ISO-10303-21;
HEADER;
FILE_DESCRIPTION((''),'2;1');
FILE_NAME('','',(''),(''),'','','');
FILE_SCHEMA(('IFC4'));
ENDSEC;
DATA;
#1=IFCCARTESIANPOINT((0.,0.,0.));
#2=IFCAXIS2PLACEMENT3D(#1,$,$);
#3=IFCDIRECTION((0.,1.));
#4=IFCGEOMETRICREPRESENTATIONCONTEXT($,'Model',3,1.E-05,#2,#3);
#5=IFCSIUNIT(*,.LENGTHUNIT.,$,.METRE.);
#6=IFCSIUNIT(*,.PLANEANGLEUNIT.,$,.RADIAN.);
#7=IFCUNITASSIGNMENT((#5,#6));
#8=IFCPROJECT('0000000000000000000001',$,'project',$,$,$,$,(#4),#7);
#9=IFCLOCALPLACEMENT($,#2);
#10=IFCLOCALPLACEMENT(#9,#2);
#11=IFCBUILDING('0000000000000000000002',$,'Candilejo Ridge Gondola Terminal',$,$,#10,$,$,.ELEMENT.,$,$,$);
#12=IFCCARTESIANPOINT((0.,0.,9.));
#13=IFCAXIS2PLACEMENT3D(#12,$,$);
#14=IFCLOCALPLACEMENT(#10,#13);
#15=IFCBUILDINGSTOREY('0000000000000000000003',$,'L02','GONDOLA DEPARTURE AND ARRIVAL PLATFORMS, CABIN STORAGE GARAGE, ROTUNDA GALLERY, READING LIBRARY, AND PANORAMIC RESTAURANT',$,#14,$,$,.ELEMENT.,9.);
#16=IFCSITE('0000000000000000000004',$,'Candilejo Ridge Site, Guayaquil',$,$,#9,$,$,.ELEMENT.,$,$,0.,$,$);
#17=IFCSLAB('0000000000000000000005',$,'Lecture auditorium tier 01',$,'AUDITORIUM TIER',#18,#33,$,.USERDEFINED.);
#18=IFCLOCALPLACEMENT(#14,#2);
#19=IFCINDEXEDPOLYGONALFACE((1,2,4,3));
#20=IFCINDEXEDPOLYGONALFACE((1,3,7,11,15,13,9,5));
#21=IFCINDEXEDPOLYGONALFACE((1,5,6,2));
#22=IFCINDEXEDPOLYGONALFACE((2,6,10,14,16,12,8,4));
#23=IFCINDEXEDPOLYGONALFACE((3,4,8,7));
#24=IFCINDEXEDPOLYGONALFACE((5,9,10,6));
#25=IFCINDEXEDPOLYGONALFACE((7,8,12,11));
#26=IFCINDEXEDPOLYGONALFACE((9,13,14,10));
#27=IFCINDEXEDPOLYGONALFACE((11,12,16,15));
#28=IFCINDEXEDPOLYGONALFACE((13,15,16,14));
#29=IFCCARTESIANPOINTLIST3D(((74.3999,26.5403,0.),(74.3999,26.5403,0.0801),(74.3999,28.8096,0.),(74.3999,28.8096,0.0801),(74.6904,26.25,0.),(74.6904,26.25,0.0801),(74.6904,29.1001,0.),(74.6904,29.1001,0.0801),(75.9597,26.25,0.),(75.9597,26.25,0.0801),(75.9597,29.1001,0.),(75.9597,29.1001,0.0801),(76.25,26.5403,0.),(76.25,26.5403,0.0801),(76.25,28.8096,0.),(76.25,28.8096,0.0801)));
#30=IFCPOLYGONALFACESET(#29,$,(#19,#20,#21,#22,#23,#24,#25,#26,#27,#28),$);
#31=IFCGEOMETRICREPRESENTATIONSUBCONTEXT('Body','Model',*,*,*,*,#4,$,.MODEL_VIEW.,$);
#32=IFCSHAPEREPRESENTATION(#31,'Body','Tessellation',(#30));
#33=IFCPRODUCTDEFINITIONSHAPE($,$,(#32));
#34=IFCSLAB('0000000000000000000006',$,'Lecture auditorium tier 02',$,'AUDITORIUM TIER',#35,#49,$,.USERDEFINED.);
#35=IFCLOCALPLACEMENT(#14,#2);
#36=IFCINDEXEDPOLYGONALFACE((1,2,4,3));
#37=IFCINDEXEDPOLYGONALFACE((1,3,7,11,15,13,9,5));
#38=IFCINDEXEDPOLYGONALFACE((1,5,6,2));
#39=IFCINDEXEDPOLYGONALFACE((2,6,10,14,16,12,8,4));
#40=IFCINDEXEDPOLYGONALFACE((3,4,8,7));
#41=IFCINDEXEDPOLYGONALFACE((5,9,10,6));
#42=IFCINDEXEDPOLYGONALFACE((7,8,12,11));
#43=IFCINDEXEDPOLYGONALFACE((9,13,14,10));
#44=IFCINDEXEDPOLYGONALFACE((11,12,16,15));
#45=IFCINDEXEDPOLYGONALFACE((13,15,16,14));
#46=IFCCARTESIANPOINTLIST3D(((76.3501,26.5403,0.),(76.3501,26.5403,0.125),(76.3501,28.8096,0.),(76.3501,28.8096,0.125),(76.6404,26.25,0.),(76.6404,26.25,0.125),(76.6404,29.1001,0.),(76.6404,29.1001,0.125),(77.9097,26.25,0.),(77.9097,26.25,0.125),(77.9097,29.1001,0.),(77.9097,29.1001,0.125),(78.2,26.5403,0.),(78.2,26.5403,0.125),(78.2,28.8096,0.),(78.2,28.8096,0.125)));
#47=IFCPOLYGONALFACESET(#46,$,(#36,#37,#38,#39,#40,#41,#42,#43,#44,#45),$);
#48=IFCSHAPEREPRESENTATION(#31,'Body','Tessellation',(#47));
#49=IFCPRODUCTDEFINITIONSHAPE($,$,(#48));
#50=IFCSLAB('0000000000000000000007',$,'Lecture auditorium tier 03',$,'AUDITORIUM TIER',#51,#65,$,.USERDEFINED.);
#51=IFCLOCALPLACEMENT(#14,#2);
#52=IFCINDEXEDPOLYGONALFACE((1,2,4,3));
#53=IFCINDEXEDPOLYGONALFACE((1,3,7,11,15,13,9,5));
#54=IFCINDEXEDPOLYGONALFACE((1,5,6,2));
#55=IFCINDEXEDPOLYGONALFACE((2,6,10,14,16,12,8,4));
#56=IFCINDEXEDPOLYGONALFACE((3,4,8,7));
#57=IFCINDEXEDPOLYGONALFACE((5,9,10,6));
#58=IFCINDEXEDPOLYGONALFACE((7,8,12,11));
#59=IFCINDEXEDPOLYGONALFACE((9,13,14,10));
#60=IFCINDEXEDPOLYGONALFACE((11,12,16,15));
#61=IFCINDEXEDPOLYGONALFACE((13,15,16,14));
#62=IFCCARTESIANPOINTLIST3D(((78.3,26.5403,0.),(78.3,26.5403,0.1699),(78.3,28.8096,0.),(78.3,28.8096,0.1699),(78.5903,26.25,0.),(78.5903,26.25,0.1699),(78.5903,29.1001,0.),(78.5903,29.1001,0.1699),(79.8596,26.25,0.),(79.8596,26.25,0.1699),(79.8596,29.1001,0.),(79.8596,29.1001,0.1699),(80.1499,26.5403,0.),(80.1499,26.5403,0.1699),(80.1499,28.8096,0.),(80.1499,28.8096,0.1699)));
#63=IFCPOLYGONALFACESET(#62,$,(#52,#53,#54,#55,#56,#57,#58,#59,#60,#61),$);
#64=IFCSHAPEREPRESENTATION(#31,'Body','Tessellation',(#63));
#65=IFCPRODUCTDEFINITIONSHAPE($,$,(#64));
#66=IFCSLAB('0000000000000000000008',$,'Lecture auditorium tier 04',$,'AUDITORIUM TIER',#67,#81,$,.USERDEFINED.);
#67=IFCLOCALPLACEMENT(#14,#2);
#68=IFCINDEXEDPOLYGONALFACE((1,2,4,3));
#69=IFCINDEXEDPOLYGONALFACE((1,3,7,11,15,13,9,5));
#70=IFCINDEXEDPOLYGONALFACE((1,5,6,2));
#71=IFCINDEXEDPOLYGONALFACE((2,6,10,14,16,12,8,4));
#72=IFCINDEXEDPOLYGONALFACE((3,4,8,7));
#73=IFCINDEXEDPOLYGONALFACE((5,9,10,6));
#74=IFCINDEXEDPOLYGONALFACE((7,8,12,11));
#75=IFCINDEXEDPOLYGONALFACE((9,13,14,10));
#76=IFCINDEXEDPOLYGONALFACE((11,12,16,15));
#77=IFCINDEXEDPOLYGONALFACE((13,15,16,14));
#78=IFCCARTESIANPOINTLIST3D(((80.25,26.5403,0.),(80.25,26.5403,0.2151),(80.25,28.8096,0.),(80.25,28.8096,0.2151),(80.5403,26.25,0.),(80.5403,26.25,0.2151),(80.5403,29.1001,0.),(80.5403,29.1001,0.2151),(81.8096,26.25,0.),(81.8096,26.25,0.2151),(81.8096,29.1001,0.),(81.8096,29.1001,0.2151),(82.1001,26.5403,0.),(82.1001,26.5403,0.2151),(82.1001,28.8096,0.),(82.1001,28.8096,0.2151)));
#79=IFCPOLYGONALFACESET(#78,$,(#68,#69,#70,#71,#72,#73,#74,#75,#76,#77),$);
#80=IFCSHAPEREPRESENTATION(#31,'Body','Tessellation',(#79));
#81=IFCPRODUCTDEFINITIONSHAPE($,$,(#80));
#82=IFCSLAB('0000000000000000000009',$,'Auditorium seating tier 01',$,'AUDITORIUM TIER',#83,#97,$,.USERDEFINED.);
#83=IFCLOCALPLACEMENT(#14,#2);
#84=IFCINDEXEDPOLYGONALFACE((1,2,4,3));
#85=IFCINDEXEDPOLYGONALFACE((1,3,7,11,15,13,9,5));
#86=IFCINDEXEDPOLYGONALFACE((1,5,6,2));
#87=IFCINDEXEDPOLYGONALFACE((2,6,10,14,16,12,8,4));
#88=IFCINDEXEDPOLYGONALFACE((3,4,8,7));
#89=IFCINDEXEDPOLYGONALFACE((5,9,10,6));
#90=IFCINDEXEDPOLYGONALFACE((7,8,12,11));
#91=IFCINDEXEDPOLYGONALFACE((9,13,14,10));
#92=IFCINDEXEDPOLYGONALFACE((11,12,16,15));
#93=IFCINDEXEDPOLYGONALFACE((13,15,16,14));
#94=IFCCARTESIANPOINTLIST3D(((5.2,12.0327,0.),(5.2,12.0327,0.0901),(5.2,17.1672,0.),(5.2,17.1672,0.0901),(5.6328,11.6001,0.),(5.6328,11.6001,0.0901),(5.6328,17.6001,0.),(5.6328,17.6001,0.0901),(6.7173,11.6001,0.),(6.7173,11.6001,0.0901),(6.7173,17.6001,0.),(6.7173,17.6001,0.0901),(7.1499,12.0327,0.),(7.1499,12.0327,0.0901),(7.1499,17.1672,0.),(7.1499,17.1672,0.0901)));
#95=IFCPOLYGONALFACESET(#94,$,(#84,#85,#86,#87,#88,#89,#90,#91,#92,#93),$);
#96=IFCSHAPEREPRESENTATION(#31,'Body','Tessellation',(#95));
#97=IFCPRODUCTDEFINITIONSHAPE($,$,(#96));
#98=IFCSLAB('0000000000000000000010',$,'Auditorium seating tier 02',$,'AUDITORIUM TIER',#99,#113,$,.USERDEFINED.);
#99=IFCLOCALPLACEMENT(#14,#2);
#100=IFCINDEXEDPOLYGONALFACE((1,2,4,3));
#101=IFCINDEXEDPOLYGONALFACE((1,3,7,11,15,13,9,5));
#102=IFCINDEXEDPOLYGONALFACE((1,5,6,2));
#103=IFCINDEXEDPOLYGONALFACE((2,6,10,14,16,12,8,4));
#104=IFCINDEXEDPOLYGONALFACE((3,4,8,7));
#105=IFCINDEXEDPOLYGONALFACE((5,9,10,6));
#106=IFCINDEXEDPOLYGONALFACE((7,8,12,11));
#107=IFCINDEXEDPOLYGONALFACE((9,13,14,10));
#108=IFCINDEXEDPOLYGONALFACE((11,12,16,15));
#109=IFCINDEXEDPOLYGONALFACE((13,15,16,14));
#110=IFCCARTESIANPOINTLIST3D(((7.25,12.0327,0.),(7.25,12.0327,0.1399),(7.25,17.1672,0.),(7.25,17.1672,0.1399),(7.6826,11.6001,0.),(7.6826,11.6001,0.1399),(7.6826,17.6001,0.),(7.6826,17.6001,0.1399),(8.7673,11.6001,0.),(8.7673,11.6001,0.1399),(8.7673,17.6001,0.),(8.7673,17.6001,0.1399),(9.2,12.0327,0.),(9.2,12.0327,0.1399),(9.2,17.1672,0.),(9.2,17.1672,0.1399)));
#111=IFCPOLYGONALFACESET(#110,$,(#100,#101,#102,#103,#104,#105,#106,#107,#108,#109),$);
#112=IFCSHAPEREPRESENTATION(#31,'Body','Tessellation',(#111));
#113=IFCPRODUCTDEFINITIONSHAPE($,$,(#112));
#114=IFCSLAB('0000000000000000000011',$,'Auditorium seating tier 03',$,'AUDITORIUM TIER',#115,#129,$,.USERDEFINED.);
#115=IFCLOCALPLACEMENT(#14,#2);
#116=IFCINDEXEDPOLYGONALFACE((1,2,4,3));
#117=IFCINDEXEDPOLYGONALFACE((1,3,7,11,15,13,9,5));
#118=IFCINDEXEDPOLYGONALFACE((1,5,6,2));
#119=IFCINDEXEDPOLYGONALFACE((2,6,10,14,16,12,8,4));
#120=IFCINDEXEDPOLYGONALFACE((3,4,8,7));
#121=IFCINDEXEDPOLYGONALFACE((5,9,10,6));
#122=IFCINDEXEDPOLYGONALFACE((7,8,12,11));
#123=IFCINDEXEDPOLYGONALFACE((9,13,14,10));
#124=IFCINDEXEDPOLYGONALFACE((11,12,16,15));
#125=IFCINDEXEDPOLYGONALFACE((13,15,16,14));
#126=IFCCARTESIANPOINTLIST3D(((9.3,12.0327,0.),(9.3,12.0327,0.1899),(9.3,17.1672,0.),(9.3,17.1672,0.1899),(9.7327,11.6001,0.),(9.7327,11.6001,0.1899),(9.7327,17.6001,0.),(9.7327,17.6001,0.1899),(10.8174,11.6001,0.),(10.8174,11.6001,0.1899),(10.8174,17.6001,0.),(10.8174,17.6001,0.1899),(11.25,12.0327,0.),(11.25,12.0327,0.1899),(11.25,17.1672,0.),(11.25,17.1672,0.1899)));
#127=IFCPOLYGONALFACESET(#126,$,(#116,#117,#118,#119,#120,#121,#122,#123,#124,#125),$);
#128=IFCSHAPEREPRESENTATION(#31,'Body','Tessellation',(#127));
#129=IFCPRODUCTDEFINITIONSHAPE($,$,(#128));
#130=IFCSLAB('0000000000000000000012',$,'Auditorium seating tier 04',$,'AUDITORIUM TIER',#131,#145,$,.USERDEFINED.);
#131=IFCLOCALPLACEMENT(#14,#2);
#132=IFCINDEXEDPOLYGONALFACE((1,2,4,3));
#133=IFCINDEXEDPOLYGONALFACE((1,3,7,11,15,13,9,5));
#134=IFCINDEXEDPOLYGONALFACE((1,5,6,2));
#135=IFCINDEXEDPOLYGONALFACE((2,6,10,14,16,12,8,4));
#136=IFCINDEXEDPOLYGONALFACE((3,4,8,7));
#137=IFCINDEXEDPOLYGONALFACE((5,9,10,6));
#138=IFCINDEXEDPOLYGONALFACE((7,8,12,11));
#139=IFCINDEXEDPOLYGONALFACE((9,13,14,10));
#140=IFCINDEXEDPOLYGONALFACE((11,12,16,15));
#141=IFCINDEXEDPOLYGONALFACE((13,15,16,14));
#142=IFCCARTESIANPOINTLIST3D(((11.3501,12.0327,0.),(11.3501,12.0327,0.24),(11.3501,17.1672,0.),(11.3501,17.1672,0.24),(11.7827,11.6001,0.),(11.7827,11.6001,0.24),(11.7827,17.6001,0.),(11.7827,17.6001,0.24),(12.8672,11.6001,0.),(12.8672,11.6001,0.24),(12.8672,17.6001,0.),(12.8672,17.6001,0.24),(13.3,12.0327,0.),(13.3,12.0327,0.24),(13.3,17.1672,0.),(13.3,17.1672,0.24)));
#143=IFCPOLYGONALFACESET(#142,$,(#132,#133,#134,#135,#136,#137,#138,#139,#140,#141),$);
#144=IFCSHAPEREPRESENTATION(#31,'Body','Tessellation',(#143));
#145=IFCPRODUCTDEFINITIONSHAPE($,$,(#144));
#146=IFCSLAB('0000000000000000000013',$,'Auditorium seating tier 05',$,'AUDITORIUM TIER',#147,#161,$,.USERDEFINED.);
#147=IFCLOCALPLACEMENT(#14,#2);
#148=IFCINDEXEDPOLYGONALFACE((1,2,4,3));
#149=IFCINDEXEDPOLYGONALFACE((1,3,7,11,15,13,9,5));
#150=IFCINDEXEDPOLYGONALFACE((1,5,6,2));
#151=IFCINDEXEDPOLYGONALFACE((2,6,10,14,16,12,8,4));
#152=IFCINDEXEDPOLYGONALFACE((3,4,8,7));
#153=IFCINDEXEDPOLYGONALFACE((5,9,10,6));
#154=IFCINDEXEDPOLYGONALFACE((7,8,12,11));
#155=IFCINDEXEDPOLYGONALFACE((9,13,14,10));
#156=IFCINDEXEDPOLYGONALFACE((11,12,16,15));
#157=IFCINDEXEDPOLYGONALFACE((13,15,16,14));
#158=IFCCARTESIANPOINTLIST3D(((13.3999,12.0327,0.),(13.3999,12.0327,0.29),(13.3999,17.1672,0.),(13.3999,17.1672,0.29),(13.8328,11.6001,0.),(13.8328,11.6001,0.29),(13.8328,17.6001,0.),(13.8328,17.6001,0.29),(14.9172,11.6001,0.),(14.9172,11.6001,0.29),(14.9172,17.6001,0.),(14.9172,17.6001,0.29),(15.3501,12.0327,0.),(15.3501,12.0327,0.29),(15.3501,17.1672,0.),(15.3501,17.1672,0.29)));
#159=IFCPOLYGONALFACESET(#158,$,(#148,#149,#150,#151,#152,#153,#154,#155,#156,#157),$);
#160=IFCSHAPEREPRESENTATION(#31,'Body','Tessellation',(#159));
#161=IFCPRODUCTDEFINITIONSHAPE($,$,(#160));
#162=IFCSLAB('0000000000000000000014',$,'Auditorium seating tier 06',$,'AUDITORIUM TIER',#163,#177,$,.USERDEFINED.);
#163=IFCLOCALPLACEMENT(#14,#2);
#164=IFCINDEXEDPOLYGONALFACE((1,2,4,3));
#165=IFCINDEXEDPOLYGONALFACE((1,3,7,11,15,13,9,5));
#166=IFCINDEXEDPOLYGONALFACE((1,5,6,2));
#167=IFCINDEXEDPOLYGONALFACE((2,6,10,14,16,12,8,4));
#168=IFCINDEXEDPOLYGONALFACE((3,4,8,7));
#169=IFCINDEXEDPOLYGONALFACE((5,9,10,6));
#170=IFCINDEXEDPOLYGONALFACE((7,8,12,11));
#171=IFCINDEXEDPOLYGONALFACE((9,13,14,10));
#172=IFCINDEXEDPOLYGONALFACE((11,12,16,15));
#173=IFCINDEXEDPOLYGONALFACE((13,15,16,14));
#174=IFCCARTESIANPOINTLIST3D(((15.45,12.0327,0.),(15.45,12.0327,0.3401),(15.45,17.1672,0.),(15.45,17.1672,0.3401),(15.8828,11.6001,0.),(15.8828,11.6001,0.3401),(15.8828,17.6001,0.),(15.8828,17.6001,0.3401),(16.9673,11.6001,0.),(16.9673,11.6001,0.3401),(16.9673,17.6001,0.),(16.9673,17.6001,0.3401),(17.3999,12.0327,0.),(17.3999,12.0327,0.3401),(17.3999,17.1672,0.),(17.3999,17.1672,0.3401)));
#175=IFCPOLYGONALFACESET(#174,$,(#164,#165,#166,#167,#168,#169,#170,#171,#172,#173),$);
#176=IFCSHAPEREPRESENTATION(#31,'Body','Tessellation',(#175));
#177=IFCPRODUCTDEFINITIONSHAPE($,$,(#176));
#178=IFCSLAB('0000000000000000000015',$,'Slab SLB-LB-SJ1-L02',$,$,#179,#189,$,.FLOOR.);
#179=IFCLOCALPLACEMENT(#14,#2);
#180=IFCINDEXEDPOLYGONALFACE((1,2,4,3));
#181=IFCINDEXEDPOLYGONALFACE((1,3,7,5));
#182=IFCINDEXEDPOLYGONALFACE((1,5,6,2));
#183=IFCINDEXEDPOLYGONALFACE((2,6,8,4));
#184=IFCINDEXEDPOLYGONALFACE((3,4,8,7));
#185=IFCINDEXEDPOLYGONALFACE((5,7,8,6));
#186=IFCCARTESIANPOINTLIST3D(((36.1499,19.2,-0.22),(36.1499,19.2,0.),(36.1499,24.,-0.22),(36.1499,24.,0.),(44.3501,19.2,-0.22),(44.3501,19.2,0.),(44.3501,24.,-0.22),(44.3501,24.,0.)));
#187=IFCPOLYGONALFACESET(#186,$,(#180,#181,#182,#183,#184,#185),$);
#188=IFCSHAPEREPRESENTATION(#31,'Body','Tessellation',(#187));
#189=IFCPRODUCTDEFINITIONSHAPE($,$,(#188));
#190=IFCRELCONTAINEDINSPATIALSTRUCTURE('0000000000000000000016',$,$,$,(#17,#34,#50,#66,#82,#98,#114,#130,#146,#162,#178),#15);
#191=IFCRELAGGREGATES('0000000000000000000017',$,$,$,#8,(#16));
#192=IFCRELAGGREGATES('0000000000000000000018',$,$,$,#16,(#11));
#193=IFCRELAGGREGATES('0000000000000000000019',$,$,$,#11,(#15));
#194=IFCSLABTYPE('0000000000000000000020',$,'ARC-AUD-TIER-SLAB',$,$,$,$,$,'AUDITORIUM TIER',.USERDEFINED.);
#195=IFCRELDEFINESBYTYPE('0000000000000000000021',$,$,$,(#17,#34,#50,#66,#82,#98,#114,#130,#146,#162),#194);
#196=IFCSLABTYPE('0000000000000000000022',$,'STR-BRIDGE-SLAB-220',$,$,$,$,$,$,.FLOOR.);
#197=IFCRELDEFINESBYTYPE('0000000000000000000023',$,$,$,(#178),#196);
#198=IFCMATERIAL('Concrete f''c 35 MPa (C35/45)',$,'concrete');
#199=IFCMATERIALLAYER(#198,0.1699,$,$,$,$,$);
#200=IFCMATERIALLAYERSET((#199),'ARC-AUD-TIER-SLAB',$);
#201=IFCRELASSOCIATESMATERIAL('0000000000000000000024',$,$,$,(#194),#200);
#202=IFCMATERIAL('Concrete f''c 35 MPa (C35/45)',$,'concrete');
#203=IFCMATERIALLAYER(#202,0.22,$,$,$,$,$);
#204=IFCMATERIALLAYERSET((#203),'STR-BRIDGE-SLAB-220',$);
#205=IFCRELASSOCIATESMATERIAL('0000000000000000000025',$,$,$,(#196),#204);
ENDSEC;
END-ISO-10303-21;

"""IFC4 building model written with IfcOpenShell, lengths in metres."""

from ifc_helpers import new_model, si_unit, direction, frame, origin, place, context, subcontext, project, spatial, polyline, outline, extrude, material, layer, layer_set, type_object, element, save


model = new_model("IFC4")

# Units and contexts
model_context = context("Model", 3, precision=1e-05, world=origin(), true_north=direction((0.0, 1.0)))
body_context = subcontext(model_context, "Body", "Model", "MODEL_VIEW")
ifc_project = project(units=[si_unit("LENGTHUNIT", "METRE"), si_unit("PLANEANGLEUNIT", "RADIAN")], contexts=[model_context])

# Site, building, storey
site_placement = place(None, origin())
site = spatial("IfcSite", under=ifc_project, at=site_placement, Name="Candilejo Ridge Site, Guayaquil", CompositionType="ELEMENT", RefElevation=0.0)
building_placement = place(site_placement, origin())
building = spatial("IfcBuilding", under=site, at=building_placement, Name="Candilejo Ridge Gondola Terminal", CompositionType="ELEMENT")
storey_placement = place(building_placement, frame((0.0, 0.0, 9.0)))
storey = spatial("IfcBuildingStorey", under=building, at=storey_placement, Name="L02", Description="GONDOLA DEPARTURE AND ARRIVAL PLATFORMS, CABIN STORAGE GARAGE, ROTUNDA GALLERY, READING LIBRARY, AND PANORAMIC RESTAURANT", CompositionType="ELEMENT", Elevation=9.0)

# Slabs
ifc_material_1 = material(Name="Concrete f'c 35 MPa (C35/45)", Category="concrete")
ifc_layer_1 = layer(ifc_material_1, 0.1699)
ifc_layer_set_1 = layer_set([ifc_layer_1], Name="ARC-AUD-TIER-SLAB")
slab_type_1 = type_object("IfcSlabType", Name="ARC-AUD-TIER-SLAB", ElementType="AUDITORIUM TIER", PredefinedType="USERDEFINED", material=ifc_layer_set_1)
slab_1_placement = place(storey_placement, origin())
element("IfcSlab", 1, at=slab_1_placement, inside=storey, type_object=slab_type_1, Name="Lecture auditorium tier 01", ObjectType="AUDITORIUM TIER", PredefinedType="USERDEFINED", context=body_context, shape_type="SweptSolid", body=[
    extrude(outline(polyline([(74.6904, 26.25), (75.9597, 26.25), (76.25, 26.5403), (76.25, 28.8096), (75.9597, 29.1001), (74.6904, 29.1001), (74.3999, 28.8096), (74.3999, 26.5403), (74.6904, 26.25)])), origin(), (0.0, 0.0, 1.0), 0.0801),
])
slab_2_placement = place(storey_placement, origin())
element("IfcSlab", 2, at=slab_2_placement, inside=storey, type_object=slab_type_1, Name="Lecture auditorium tier 02", ObjectType="AUDITORIUM TIER", PredefinedType="USERDEFINED", context=body_context, shape_type="SweptSolid", body=[
    extrude(outline(polyline([(76.6404, 26.25), (77.9097, 26.25), (78.2, 26.5403), (78.2, 28.8096), (77.9097, 29.1001), (76.6404, 29.1001), (76.3501, 28.8096), (76.3501, 26.5403), (76.6404, 26.25)])), origin(), (0.0, 0.0, 1.0), 0.125),
])
slab_3_placement = place(storey_placement, origin())
element("IfcSlab", 3, at=slab_3_placement, inside=storey, type_object=slab_type_1, Name="Lecture auditorium tier 03", ObjectType="AUDITORIUM TIER", PredefinedType="USERDEFINED", context=body_context, shape_type="SweptSolid", body=[
    extrude(outline(polyline([(78.5903, 26.25), (79.8596, 26.25), (80.1499, 26.5403), (80.1499, 28.8096), (79.8596, 29.1001), (78.5903, 29.1001), (78.3, 28.8096), (78.3, 26.5403), (78.5903, 26.25)])), origin(), (0.0, 0.0, 1.0), 0.1699),
])
slab_4_placement = place(storey_placement, origin())
element("IfcSlab", 4, at=slab_4_placement, inside=storey, type_object=slab_type_1, Name="Lecture auditorium tier 04", ObjectType="AUDITORIUM TIER", PredefinedType="USERDEFINED", context=body_context, shape_type="SweptSolid", body=[
    extrude(outline(polyline([(80.5403, 26.25), (81.8096, 26.25), (82.1001, 26.5403), (82.1001, 28.8096), (81.8096, 29.1001), (80.5403, 29.1001), (80.25, 28.8096), (80.25, 26.5403), (80.5403, 26.25)])), origin(), (0.0, 0.0, 1.0), 0.2151),
])
slab_5_placement = place(storey_placement, origin())
element("IfcSlab", 5, at=slab_5_placement, inside=storey, type_object=slab_type_1, Name="Auditorium seating tier 01", ObjectType="AUDITORIUM TIER", PredefinedType="USERDEFINED", context=body_context, shape_type="SweptSolid", body=[
    extrude(outline(polyline([(5.6328, 11.6001), (6.7173, 11.6001), (7.1499, 12.0327), (7.1499, 17.1672), (6.7173, 17.6001), (5.6328, 17.6001), (5.2, 17.1672), (5.2, 12.0327), (5.6328, 11.6001)])), origin(), (0.0, 0.0, 1.0), 0.0901),
])
slab_6_placement = place(storey_placement, origin())
element("IfcSlab", 6, at=slab_6_placement, inside=storey, type_object=slab_type_1, Name="Auditorium seating tier 02", ObjectType="AUDITORIUM TIER", PredefinedType="USERDEFINED", context=body_context, shape_type="SweptSolid", body=[
    extrude(outline(polyline([(7.6826, 11.6001), (8.7673, 11.6001), (9.2, 12.0327), (9.2, 17.1672), (8.7673, 17.6001), (7.6826, 17.6001), (7.25, 17.1672), (7.25, 12.0327), (7.6826, 11.6001)])), origin(), (0.0, 0.0, 1.0), 0.1399),
])
slab_7_placement = place(storey_placement, origin())
element("IfcSlab", 7, at=slab_7_placement, inside=storey, type_object=slab_type_1, Name="Auditorium seating tier 03", ObjectType="AUDITORIUM TIER", PredefinedType="USERDEFINED", context=body_context, shape_type="SweptSolid", body=[
    extrude(outline(polyline([(9.7327, 11.6001), (10.8174, 11.6001), (11.25, 12.0327), (11.25, 17.1672), (10.8174, 17.6001), (9.7327, 17.6001), (9.3, 17.1672), (9.3, 12.0327), (9.7327, 11.6001)])), origin(), (0.0, 0.0, 1.0), 0.1899),
])
slab_8_placement = place(storey_placement, origin())
element("IfcSlab", 8, at=slab_8_placement, inside=storey, type_object=slab_type_1, Name="Auditorium seating tier 04", ObjectType="AUDITORIUM TIER", PredefinedType="USERDEFINED", context=body_context, shape_type="SweptSolid", body=[
    extrude(outline(polyline([(11.7827, 11.6001), (12.8672, 11.6001), (13.3, 12.0327), (13.3, 17.1672), (12.8672, 17.6001), (11.7827, 17.6001), (11.3501, 17.1672), (11.3501, 12.0327), (11.7827, 11.6001)])), origin(), (0.0, 0.0, 1.0), 0.24),
])
slab_9_placement = place(storey_placement, origin())
element("IfcSlab", 9, at=slab_9_placement, inside=storey, type_object=slab_type_1, Name="Auditorium seating tier 05", ObjectType="AUDITORIUM TIER", PredefinedType="USERDEFINED", context=body_context, shape_type="SweptSolid", body=[
    extrude(outline(polyline([(13.8328, 11.6001), (14.9172, 11.6001), (15.3501, 12.0327), (15.3501, 17.1672), (14.9172, 17.6001), (13.8328, 17.6001), (13.3999, 17.1672), (13.3999, 12.0327), (13.8328, 11.6001)])), origin(), (0.0, 0.0, 1.0), 0.29),
])
slab_10_placement = place(storey_placement, origin())
element("IfcSlab", 10, at=slab_10_placement, inside=storey, type_object=slab_type_1, Name="Auditorium seating tier 06", ObjectType="AUDITORIUM TIER", PredefinedType="USERDEFINED", context=body_context, shape_type="SweptSolid", body=[
    extrude(outline(polyline([(15.8828, 11.6001), (16.9673, 11.6001), (17.3999, 12.0327), (17.3999, 17.1672), (16.9673, 17.6001), (15.8828, 17.6001), (15.45, 17.1672), (15.45, 12.0327), (15.8828, 11.6001)])), origin(), (0.0, 0.0, 1.0), 0.3401),
])
ifc_material_2 = material(Name="Concrete f'c 35 MPa (C35/45)", Category="concrete")
ifc_layer_2 = layer(ifc_material_2, 0.22)
ifc_layer_set_2 = layer_set([ifc_layer_2], Name="STR-BRIDGE-SLAB-220")
slab_type_2 = type_object("IfcSlabType", Name="STR-BRIDGE-SLAB-220", PredefinedType="FLOOR", material=ifc_layer_set_2)
slab_11_placement = place(storey_placement, frame((0.0, 0.0, -0.22)))
element("IfcSlab", 11, at=slab_11_placement, inside=storey, type_object=slab_type_2, Name="Slab SLB-LB-SJ1-L02", PredefinedType="FLOOR", context=body_context, shape_type="SweptSolid", body=[
    extrude(outline(polyline([(36.1499, 19.2), (44.3501, 19.2), (44.3501, 24.0), (36.1499, 24.0), (36.1499, 19.2)])), origin(), (0.0, 0.0, 1.0), 0.22),
])

save(model, "model.ifc")
